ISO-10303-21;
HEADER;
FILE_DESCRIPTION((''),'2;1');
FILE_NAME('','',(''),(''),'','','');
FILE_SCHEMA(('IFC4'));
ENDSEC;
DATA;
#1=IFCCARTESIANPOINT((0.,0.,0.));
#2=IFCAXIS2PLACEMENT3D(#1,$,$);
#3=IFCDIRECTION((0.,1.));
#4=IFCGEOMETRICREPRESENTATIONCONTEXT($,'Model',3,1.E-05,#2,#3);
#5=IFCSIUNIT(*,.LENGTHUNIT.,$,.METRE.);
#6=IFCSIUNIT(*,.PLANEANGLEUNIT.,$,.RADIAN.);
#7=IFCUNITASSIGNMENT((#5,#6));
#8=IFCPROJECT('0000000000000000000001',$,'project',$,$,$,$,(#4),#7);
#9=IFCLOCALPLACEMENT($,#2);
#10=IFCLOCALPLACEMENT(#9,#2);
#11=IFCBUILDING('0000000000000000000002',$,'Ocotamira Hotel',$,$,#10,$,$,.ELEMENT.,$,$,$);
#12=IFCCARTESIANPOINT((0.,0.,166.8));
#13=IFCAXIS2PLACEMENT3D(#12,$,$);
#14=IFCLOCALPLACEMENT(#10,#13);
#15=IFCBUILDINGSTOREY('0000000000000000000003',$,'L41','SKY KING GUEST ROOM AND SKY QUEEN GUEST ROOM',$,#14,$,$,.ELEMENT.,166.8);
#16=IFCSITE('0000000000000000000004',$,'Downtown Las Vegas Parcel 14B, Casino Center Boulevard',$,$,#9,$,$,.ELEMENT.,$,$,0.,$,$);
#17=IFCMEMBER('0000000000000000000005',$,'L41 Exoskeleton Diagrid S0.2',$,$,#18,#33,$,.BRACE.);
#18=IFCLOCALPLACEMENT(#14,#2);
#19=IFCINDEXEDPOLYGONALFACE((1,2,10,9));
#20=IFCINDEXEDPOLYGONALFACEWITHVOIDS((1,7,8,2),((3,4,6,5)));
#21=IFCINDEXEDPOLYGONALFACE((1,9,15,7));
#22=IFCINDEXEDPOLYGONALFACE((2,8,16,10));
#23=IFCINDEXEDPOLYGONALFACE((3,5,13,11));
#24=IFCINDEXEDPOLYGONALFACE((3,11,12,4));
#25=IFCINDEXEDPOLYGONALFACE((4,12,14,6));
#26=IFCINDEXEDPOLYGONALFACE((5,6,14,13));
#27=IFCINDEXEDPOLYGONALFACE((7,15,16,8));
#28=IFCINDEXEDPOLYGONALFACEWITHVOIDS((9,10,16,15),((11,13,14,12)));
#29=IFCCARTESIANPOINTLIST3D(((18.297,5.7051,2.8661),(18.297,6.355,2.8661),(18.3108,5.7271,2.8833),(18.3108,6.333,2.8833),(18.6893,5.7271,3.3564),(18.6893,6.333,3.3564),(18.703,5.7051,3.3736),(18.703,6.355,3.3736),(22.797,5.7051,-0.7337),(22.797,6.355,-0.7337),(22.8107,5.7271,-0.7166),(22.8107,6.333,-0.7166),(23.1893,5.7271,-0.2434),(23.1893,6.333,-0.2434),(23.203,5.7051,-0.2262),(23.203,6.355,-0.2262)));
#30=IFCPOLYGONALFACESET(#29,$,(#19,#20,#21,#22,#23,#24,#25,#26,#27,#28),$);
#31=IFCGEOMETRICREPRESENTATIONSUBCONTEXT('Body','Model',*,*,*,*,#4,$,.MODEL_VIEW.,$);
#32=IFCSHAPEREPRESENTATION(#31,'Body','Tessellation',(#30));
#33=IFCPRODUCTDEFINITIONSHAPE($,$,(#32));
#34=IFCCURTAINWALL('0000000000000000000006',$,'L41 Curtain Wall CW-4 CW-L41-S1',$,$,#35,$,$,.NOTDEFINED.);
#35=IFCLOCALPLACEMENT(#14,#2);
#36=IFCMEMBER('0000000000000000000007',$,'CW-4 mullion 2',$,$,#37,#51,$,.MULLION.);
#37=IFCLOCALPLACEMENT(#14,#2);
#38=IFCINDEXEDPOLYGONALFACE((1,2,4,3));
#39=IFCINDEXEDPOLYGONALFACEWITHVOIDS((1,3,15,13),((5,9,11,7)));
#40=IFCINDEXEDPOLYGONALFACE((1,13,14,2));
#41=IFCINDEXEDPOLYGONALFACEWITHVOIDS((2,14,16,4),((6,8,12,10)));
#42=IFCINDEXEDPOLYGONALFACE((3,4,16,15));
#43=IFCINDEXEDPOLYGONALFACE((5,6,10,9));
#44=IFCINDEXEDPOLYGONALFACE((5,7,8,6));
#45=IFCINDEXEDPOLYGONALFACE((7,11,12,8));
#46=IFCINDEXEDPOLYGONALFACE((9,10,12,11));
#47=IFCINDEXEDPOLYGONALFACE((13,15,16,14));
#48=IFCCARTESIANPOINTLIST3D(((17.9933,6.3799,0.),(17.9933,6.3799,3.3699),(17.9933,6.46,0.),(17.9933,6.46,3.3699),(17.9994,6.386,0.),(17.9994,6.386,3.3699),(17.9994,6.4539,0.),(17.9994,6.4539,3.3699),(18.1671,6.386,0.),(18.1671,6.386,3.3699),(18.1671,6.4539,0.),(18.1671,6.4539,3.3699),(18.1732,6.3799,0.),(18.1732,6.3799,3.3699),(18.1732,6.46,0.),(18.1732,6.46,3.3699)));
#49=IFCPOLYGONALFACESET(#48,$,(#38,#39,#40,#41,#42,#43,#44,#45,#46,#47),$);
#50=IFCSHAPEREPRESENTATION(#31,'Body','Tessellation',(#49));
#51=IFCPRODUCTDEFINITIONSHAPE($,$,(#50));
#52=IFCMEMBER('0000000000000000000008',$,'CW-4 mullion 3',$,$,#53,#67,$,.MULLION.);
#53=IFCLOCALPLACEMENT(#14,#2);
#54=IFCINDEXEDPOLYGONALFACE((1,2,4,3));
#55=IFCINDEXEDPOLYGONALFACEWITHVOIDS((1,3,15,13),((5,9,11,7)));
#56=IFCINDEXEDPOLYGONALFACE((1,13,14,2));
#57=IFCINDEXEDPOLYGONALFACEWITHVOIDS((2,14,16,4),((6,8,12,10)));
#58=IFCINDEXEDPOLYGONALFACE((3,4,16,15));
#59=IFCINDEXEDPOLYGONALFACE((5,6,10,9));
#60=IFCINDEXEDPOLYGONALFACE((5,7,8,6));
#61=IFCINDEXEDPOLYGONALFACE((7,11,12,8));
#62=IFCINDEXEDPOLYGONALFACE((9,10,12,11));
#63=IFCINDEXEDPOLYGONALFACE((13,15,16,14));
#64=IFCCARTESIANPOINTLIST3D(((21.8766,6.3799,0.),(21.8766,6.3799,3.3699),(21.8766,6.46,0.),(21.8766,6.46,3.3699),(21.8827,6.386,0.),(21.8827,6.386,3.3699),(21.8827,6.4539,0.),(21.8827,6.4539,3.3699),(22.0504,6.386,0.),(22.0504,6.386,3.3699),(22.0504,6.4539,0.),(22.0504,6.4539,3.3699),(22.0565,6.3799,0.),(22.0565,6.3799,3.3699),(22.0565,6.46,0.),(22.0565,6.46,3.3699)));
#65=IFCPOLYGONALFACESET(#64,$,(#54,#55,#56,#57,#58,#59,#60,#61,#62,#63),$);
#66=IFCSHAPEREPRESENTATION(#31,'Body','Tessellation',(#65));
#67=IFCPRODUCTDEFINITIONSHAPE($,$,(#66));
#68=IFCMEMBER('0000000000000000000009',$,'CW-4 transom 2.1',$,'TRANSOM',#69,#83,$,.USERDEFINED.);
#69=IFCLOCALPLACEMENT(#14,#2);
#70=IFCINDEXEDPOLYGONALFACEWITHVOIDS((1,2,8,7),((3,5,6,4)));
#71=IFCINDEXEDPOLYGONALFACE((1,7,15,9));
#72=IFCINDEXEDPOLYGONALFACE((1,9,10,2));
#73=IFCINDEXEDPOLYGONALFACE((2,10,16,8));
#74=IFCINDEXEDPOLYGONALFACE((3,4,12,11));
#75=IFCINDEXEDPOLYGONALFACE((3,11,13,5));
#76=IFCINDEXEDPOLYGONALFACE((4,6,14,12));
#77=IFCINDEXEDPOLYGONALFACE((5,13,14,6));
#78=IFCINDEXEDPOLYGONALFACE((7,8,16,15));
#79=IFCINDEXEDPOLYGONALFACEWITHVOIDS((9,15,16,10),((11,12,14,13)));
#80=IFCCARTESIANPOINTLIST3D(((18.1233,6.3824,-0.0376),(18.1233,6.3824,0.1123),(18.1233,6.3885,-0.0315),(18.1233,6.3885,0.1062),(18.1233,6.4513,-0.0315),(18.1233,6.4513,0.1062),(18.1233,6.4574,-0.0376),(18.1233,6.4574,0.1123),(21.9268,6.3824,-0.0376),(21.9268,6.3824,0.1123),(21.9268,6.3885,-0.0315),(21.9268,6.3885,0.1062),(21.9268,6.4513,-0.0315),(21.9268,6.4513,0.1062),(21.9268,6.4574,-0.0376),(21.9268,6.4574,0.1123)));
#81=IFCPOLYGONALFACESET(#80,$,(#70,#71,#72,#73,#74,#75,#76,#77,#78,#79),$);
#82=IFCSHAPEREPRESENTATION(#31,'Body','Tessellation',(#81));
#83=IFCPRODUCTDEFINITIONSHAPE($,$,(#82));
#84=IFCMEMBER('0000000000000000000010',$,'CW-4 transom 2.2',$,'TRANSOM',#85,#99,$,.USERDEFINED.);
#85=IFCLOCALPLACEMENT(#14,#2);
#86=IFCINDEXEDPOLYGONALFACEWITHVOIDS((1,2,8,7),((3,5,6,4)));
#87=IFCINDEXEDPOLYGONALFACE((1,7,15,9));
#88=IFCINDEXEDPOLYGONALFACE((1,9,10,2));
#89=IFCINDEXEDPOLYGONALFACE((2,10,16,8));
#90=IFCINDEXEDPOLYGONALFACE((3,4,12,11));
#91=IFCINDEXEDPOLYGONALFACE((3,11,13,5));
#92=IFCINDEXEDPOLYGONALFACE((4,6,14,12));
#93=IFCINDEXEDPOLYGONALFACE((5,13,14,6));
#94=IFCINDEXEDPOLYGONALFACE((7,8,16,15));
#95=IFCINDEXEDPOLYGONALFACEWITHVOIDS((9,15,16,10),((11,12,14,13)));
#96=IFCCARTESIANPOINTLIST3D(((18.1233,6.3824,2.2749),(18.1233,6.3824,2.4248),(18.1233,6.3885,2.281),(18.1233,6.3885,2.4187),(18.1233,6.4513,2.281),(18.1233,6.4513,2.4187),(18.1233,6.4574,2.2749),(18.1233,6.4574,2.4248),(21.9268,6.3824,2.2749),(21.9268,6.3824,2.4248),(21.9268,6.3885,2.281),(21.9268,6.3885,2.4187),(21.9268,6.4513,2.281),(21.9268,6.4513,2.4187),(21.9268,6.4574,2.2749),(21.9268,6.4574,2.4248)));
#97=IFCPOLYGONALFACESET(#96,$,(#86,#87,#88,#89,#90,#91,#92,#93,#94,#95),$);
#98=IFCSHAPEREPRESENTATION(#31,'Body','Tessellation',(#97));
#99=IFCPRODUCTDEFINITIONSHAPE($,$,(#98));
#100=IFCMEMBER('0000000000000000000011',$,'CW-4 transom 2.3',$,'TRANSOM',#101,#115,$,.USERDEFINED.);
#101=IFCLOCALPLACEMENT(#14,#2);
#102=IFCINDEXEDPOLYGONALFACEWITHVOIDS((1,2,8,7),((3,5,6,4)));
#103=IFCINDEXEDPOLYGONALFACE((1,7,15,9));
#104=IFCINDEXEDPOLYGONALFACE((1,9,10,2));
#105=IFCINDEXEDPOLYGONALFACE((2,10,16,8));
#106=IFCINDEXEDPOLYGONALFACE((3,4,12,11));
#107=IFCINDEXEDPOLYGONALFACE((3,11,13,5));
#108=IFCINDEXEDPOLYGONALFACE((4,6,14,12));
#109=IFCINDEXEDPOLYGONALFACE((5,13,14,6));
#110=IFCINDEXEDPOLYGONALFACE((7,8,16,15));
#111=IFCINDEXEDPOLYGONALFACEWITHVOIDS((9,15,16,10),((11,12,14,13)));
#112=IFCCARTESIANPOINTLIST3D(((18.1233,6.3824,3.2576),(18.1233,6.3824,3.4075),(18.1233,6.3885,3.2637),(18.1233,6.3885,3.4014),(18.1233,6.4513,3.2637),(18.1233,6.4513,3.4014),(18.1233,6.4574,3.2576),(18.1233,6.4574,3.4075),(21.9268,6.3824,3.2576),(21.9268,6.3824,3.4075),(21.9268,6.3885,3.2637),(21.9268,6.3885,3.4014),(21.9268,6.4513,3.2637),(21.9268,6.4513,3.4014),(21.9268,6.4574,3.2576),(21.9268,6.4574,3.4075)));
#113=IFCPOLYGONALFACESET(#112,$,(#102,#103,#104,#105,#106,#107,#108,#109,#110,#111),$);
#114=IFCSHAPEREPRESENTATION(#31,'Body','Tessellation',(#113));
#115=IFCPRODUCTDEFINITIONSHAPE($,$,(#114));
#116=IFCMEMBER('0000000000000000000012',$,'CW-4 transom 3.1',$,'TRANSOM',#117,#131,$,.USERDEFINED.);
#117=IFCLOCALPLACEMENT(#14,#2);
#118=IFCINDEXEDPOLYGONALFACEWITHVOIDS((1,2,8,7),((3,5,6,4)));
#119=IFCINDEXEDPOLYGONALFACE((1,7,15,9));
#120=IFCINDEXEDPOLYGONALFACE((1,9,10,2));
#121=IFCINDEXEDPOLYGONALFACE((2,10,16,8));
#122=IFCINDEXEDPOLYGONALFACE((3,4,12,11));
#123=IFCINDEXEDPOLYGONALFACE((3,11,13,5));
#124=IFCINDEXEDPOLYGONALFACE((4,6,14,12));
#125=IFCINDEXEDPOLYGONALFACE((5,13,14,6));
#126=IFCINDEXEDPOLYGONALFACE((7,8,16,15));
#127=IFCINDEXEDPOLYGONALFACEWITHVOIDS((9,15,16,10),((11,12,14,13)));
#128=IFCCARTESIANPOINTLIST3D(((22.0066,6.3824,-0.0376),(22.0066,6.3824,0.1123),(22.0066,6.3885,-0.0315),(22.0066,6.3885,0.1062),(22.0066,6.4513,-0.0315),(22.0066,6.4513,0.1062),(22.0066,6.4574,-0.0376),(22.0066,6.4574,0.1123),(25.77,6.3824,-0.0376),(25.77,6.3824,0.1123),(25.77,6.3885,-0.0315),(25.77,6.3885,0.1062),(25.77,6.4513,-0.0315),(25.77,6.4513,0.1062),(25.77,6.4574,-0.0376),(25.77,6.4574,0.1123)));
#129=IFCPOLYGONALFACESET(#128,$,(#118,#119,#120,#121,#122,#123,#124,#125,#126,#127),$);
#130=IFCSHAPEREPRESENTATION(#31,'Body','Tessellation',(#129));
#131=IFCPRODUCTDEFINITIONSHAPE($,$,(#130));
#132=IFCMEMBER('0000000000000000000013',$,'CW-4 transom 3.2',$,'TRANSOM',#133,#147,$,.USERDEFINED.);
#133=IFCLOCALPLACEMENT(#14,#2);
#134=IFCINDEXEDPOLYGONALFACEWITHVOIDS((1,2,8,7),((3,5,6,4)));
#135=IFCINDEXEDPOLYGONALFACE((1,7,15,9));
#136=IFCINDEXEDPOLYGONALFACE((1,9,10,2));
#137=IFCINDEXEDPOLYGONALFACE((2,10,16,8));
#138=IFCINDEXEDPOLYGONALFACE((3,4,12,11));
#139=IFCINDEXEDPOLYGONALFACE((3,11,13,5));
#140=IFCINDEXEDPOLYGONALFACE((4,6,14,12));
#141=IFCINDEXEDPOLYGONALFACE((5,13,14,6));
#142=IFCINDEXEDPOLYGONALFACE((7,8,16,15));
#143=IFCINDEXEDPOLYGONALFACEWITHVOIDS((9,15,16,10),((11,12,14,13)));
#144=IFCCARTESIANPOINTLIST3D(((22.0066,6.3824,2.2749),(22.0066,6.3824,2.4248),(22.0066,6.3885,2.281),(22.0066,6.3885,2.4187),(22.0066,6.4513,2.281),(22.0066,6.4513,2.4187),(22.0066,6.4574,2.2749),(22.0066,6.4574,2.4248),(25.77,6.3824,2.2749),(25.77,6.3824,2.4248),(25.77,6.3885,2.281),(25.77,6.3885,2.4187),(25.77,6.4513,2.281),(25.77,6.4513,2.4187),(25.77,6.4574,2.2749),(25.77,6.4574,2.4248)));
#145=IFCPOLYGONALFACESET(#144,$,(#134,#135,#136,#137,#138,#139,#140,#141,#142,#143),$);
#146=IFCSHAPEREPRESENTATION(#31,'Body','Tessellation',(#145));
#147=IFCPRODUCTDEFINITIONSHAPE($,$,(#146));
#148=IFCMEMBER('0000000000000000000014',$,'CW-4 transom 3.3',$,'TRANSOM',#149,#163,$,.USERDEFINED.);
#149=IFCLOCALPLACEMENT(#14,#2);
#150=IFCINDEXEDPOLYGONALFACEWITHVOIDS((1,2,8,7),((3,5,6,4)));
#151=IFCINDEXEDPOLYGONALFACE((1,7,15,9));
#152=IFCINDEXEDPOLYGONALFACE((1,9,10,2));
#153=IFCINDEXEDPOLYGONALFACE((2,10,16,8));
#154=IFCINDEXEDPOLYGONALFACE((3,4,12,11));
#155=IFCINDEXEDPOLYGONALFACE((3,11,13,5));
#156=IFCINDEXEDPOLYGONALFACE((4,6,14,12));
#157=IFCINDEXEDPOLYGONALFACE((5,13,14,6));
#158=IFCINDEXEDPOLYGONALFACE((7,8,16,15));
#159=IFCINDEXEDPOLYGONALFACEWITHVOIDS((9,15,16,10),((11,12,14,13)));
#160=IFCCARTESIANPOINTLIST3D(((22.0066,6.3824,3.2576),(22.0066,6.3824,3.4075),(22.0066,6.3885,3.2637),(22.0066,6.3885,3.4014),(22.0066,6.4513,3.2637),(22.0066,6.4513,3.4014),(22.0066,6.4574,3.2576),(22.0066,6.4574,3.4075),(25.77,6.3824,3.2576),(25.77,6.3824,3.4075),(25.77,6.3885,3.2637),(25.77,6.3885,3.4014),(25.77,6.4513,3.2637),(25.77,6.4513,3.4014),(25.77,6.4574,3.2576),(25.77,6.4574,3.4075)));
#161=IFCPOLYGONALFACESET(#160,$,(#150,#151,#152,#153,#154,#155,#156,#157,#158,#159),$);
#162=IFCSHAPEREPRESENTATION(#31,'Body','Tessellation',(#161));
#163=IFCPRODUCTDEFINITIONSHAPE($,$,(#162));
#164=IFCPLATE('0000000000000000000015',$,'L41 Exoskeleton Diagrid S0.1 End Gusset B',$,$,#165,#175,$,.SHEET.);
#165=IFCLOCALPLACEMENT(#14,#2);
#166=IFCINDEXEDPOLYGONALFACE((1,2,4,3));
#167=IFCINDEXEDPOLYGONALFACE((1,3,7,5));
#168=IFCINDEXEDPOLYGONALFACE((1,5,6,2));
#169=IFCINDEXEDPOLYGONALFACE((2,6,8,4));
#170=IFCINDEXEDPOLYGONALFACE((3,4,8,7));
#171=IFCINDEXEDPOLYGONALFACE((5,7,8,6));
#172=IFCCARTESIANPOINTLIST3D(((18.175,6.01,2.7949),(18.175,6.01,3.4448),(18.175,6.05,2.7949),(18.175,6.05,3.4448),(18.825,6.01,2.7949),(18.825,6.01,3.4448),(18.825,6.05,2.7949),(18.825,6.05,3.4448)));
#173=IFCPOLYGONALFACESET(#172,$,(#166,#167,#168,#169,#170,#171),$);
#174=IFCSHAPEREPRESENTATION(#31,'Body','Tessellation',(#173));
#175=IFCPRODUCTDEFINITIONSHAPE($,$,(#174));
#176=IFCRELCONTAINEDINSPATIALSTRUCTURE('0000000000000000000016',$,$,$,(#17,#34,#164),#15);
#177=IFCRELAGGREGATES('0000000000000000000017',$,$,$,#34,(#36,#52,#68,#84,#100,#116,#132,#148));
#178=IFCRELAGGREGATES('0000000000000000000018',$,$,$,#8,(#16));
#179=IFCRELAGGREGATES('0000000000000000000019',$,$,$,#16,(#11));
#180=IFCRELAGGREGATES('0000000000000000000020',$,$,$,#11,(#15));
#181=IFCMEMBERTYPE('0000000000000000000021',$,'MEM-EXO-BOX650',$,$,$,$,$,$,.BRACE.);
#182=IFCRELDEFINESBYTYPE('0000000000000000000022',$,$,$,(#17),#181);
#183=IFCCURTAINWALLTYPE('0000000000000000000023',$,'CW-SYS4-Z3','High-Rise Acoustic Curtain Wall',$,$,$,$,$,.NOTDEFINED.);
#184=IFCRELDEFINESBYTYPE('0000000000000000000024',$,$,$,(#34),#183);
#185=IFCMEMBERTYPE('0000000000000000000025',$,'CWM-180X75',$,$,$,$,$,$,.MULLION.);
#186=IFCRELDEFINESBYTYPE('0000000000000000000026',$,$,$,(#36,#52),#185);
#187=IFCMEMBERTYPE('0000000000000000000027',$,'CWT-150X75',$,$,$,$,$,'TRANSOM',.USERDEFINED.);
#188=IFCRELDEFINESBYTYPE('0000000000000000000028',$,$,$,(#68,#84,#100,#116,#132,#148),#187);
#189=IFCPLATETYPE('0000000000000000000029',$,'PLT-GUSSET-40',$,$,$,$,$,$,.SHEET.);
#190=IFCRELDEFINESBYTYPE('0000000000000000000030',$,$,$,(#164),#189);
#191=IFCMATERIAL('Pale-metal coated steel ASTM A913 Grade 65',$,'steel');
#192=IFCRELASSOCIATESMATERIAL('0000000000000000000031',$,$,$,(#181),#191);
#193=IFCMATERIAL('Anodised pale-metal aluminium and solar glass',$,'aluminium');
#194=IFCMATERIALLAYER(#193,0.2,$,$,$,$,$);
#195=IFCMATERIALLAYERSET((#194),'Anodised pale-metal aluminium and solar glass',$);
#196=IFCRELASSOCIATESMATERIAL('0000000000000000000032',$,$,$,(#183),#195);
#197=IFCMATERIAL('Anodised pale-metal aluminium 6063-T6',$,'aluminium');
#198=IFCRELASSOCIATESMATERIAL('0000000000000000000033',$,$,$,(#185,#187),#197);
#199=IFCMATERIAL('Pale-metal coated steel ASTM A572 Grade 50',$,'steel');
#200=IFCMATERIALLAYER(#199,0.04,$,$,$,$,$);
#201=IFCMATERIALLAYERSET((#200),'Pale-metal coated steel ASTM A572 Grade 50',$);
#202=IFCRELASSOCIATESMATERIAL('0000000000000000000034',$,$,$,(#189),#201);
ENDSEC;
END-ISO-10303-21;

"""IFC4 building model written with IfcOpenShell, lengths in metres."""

from ifc_helpers import new_model, si_unit, direction, frame, origin, origin_2d, place, context, subcontext, project, spatial, rectangle, hollow_rectangle, extrude, source, transform, mapped, material, layer, layer_set, material_profile, profile_set, type_object, element, aggregate, save


model = new_model("IFC4")

# Units and contexts
model_context = context("Model", 3, precision=1e-05, world=origin(), true_north=direction((0.0, 1.0)))
body_context = subcontext(model_context, "Body", "Model", "MODEL_VIEW")
ifc_project = project(units=[si_unit("LENGTHUNIT", "METRE"), si_unit("PLANEANGLEUNIT", "RADIAN")], contexts=[model_context])

# Site, building, storey
site_placement = place(None, origin())
site = spatial("IfcSite", under=ifc_project, at=site_placement, Name="Downtown Las Vegas Parcel 14B, Casino Center Boulevard", CompositionType="ELEMENT", RefElevation=0.0)
building_placement = place(site_placement, origin())
building = spatial("IfcBuilding", under=site, at=building_placement, Name="Ocotamira Hotel", CompositionType="ELEMENT")
storey_placement = place(building_placement, frame((0.0, 0.0, 166.8)))
storey = spatial("IfcBuildingStorey", under=building, at=storey_placement, Name="L41", Description="SKY KING GUEST ROOM AND SKY QUEEN GUEST ROOM", CompositionType="ELEMENT", Elevation=166.8)

# Member
ifc_material_1 = material(Name="Pale-metal coated steel ASTM A913 Grade 65", Category="steel")
ifc_material_profile_1 = material_profile(ifc_material_1, hollow_rectangle(XDim=0.6499, YDim=0.6499, WallThickness=0.022, at=origin_2d()), Name="BOX650X650X22")
ifc_profile_set_1 = profile_set([ifc_material_profile_1], Name="Pale-metal coated steel ASTM A913 Grade 65")
member_type_1 = type_object("IfcMemberType", Name="MEM-EXO-BOX650", PredefinedType="BRACE", material=ifc_profile_set_1)
shared_shape_1 = source(origin(), body_context, "Body", "SweptSolid", [
    extrude(hollow_rectangle(XDim=0.6499, YDim=0.6499, WallThickness=0.022, at=origin_2d()), origin(), (0.0, 0.0, 1.0), 5.7627),
])
member_1_placement = place(storey_placement, frame((23.0, 6.03, -0.48), z_axis=(-0.780881, 0.0, 0.62468), x_axis=(0.0, -1.0, 0.0)))
element("IfcMember", 1, at=member_1_placement, inside=storey, type_object=member_type_1, Name="L41 Exoskeleton Diagrid S0.2", PredefinedType="BRACE", context=body_context, shape_type="MappedRepresentation", body=[
    mapped(shared_shape_1, transform((0.0, 0.0, 0.0), scale=1.0)),
])

# Curtain wall, members
ifc_material_2 = material(Name="Anodised pale-metal aluminium and solar glass", Category="aluminium")
ifc_layer_1 = layer(ifc_material_2, 0.2)
ifc_layer_set_1 = layer_set([ifc_layer_1], Name="Anodised pale-metal aluminium and solar glass")
curtain_wall_type = type_object("IfcCurtainWallType", Name="CW-SYS4-Z3", Description="High-Rise Acoustic Curtain Wall", PredefinedType="NOTDEFINED", material=ifc_layer_set_1)
curtain_wall_placement = place(storey_placement, origin())
curtain_wall = element("IfcCurtainWall", 2, at=curtain_wall_placement, inside=storey, type_object=curtain_wall_type, Name="L41 Curtain Wall CW-4 CW-L41-S1", PredefinedType="NOTDEFINED")
ifc_material_3 = material(Name="Anodised pale-metal aluminium 6063-T6", Category="aluminium")
ifc_material_profile_2 = material_profile(ifc_material_3, hollow_rectangle(XDim=0.0801, YDim=0.1799, WallThickness=0.0061, at=origin_2d()), Name="HSS180X80X6")
ifc_profile_set_2 = profile_set([ifc_material_profile_2], Name="Anodised pale-metal aluminium 6063-T6")
member_type_2 = type_object("IfcMemberType", Name="CWM-180X75", PredefinedType="MULLION", material=ifc_profile_set_2)
shared_shape_2 = source(origin(), body_context, "Body", "SweptSolid", [
    extrude(hollow_rectangle(XDim=0.0801, YDim=0.1799, WallThickness=0.0061, at=origin_2d()), origin(), (0.0, 0.0, 1.0), 3.3699),
])
member_2_placement = place(storey_placement, frame((18.0833, 6.4199, 0.0), z_axis=(0.0, 0.0, 1.0), x_axis=(0.0, 1.0, 0.0)))
member_2 = element("IfcMember", 3, at=member_2_placement, type_object=member_type_2, Name="CW-4 mullion 2", PredefinedType="MULLION", context=body_context, shape_type="MappedRepresentation", body=[
    mapped(shared_shape_2, transform((0.0, 0.0, 0.0), scale=1.0)),
])
member_3_placement = place(storey_placement, frame((21.9666, 6.4199, 0.0), z_axis=(0.0, 0.0, 1.0), x_axis=(0.0, 1.0, 0.0)))
member_3 = element("IfcMember", 4, at=member_3_placement, type_object=member_type_2, Name="CW-4 mullion 3", PredefinedType="MULLION", context=body_context, shape_type="MappedRepresentation", body=[
    mapped(shared_shape_2, transform((0.0, 0.0, 0.0), scale=1.0)),
])
ifc_material_profile_3 = material_profile(ifc_material_3, hollow_rectangle(XDim=0.075, YDim=0.1499, WallThickness=0.0061, at=origin_2d()), Name="HSS150X75X6")
ifc_profile_set_3 = profile_set([ifc_material_profile_3], Name="Anodised pale-metal aluminium 6063-T6")
member_type_3 = type_object("IfcMemberType", Name="CWT-150X75", ElementType="TRANSOM", PredefinedType="USERDEFINED", material=ifc_profile_set_3)
shared_shape_3 = source(origin(), body_context, "Body", "SweptSolid", [
    extrude(hollow_rectangle(XDim=0.075, YDim=0.1499, WallThickness=0.0061, at=origin_2d()), origin(), (0.0, 0.0, 1.0), 3.8035),
])
member_4_placement = place(storey_placement, frame((18.1233, 6.4199, 0.0374), z_axis=(1.0, 0.0, 0.0), x_axis=(0.0, 1.0, 0.0)))
member_4 = element("IfcMember", 5, at=member_4_placement, type_object=member_type_3, Name="CW-4 transom 2.1", ObjectType="TRANSOM", PredefinedType="USERDEFINED", context=body_context, shape_type="MappedRepresentation", body=[
    mapped(shared_shape_3, transform((0.0, 0.0, 0.0), scale=1.0)),
])
member_5_placement = place(storey_placement, frame((18.1233, 6.4199, 2.3499), z_axis=(1.0, 0.0, 0.0), x_axis=(0.0, 1.0, 0.0)))
member_5 = element("IfcMember", 6, at=member_5_placement, type_object=member_type_3, Name="CW-4 transom 2.2", ObjectType="TRANSOM", PredefinedType="USERDEFINED", context=body_context, shape_type="MappedRepresentation", body=[
    mapped(shared_shape_3, transform((0.0, 0.0, 0.0), scale=1.0)),
])
member_6_placement = place(storey_placement, frame((18.1233, 6.4199, 3.3325), z_axis=(1.0, 0.0, 0.0), x_axis=(0.0, 1.0, 0.0)))
member_6 = element("IfcMember", 7, at=member_6_placement, type_object=member_type_3, Name="CW-4 transom 2.3", ObjectType="TRANSOM", PredefinedType="USERDEFINED", context=body_context, shape_type="MappedRepresentation", body=[
    mapped(shared_shape_3, transform((0.0, 0.0, 0.0), scale=1.0)),
])
shared_shape_4 = source(origin(), body_context, "Body", "SweptSolid", [
    extrude(hollow_rectangle(XDim=0.075, YDim=0.1499, WallThickness=0.0061, at=origin_2d()), origin(), (0.0, 0.0, 1.0), 3.7634),
])
member_7_placement = place(storey_placement, frame((22.0066, 6.4199, 0.0374), z_axis=(1.0, 0.0, 0.0), x_axis=(0.0, 1.0, 0.0)))
member_7 = element("IfcMember", 8, at=member_7_placement, type_object=member_type_3, Name="CW-4 transom 3.1", ObjectType="TRANSOM", PredefinedType="USERDEFINED", context=body_context, shape_type="MappedRepresentation", body=[
    mapped(shared_shape_4, transform((0.0, 0.0, 0.0), scale=1.0)),
])
member_8_placement = place(storey_placement, frame((22.0066, 6.4199, 2.3499), z_axis=(1.0, 0.0, 0.0), x_axis=(0.0, 1.0, 0.0)))
member_8 = element("IfcMember", 9, at=member_8_placement, type_object=member_type_3, Name="CW-4 transom 3.2", ObjectType="TRANSOM", PredefinedType="USERDEFINED", context=body_context, shape_type="MappedRepresentation", body=[
    mapped(shared_shape_4, transform((0.0, 0.0, 0.0), scale=1.0)),
])
member_9_placement = place(storey_placement, frame((22.0066, 6.4199, 3.3325), z_axis=(1.0, 0.0, 0.0), x_axis=(0.0, 1.0, 0.0)))
member_9 = element("IfcMember", 10, at=member_9_placement, type_object=member_type_3, Name="CW-4 transom 3.3", ObjectType="TRANSOM", PredefinedType="USERDEFINED", context=body_context, shape_type="MappedRepresentation", body=[
    mapped(shared_shape_4, transform((0.0, 0.0, 0.0), scale=1.0)),
])

# Plate
ifc_material_4 = material(Name="Pale-metal coated steel ASTM A572 Grade 50", Category="steel")
ifc_layer_2 = layer(ifc_material_4, 0.04)
ifc_layer_set_2 = layer_set([ifc_layer_2], Name="Pale-metal coated steel ASTM A572 Grade 50")
plate_type_1 = type_object("IfcPlateType", Name="PLT-GUSSET-40", PredefinedType="SHEET", material=ifc_layer_set_2)
shared_shape_5 = source(origin(), body_context, "Body", "SweptSolid", [
    extrude(rectangle(XDim=0.6499, YDim=0.04, at=origin_2d()), origin(), (0.0, 0.0, 1.0), 0.6499),
])
plate_1_placement = place(storey_placement, frame((18.5, 6.03, 2.7949), z_axis=(0.0, 0.0, 1.0), x_axis=(1.0, 0.0, 0.0)))
element("IfcPlate", 11, at=plate_1_placement, inside=storey, type_object=plate_type_1, Name="L41 Exoskeleton Diagrid S0.1 End Gusset B", PredefinedType="SHEET", context=body_context, shape_type="MappedRepresentation", body=[
    mapped(shared_shape_5, transform((0.0, 0.0, 0.0), scale=1.0)),
])
aggregate(curtain_wall, [member_2, member_3, member_4, member_5, member_6, member_7, member_8, member_9])

save(model, "model.ifc")
